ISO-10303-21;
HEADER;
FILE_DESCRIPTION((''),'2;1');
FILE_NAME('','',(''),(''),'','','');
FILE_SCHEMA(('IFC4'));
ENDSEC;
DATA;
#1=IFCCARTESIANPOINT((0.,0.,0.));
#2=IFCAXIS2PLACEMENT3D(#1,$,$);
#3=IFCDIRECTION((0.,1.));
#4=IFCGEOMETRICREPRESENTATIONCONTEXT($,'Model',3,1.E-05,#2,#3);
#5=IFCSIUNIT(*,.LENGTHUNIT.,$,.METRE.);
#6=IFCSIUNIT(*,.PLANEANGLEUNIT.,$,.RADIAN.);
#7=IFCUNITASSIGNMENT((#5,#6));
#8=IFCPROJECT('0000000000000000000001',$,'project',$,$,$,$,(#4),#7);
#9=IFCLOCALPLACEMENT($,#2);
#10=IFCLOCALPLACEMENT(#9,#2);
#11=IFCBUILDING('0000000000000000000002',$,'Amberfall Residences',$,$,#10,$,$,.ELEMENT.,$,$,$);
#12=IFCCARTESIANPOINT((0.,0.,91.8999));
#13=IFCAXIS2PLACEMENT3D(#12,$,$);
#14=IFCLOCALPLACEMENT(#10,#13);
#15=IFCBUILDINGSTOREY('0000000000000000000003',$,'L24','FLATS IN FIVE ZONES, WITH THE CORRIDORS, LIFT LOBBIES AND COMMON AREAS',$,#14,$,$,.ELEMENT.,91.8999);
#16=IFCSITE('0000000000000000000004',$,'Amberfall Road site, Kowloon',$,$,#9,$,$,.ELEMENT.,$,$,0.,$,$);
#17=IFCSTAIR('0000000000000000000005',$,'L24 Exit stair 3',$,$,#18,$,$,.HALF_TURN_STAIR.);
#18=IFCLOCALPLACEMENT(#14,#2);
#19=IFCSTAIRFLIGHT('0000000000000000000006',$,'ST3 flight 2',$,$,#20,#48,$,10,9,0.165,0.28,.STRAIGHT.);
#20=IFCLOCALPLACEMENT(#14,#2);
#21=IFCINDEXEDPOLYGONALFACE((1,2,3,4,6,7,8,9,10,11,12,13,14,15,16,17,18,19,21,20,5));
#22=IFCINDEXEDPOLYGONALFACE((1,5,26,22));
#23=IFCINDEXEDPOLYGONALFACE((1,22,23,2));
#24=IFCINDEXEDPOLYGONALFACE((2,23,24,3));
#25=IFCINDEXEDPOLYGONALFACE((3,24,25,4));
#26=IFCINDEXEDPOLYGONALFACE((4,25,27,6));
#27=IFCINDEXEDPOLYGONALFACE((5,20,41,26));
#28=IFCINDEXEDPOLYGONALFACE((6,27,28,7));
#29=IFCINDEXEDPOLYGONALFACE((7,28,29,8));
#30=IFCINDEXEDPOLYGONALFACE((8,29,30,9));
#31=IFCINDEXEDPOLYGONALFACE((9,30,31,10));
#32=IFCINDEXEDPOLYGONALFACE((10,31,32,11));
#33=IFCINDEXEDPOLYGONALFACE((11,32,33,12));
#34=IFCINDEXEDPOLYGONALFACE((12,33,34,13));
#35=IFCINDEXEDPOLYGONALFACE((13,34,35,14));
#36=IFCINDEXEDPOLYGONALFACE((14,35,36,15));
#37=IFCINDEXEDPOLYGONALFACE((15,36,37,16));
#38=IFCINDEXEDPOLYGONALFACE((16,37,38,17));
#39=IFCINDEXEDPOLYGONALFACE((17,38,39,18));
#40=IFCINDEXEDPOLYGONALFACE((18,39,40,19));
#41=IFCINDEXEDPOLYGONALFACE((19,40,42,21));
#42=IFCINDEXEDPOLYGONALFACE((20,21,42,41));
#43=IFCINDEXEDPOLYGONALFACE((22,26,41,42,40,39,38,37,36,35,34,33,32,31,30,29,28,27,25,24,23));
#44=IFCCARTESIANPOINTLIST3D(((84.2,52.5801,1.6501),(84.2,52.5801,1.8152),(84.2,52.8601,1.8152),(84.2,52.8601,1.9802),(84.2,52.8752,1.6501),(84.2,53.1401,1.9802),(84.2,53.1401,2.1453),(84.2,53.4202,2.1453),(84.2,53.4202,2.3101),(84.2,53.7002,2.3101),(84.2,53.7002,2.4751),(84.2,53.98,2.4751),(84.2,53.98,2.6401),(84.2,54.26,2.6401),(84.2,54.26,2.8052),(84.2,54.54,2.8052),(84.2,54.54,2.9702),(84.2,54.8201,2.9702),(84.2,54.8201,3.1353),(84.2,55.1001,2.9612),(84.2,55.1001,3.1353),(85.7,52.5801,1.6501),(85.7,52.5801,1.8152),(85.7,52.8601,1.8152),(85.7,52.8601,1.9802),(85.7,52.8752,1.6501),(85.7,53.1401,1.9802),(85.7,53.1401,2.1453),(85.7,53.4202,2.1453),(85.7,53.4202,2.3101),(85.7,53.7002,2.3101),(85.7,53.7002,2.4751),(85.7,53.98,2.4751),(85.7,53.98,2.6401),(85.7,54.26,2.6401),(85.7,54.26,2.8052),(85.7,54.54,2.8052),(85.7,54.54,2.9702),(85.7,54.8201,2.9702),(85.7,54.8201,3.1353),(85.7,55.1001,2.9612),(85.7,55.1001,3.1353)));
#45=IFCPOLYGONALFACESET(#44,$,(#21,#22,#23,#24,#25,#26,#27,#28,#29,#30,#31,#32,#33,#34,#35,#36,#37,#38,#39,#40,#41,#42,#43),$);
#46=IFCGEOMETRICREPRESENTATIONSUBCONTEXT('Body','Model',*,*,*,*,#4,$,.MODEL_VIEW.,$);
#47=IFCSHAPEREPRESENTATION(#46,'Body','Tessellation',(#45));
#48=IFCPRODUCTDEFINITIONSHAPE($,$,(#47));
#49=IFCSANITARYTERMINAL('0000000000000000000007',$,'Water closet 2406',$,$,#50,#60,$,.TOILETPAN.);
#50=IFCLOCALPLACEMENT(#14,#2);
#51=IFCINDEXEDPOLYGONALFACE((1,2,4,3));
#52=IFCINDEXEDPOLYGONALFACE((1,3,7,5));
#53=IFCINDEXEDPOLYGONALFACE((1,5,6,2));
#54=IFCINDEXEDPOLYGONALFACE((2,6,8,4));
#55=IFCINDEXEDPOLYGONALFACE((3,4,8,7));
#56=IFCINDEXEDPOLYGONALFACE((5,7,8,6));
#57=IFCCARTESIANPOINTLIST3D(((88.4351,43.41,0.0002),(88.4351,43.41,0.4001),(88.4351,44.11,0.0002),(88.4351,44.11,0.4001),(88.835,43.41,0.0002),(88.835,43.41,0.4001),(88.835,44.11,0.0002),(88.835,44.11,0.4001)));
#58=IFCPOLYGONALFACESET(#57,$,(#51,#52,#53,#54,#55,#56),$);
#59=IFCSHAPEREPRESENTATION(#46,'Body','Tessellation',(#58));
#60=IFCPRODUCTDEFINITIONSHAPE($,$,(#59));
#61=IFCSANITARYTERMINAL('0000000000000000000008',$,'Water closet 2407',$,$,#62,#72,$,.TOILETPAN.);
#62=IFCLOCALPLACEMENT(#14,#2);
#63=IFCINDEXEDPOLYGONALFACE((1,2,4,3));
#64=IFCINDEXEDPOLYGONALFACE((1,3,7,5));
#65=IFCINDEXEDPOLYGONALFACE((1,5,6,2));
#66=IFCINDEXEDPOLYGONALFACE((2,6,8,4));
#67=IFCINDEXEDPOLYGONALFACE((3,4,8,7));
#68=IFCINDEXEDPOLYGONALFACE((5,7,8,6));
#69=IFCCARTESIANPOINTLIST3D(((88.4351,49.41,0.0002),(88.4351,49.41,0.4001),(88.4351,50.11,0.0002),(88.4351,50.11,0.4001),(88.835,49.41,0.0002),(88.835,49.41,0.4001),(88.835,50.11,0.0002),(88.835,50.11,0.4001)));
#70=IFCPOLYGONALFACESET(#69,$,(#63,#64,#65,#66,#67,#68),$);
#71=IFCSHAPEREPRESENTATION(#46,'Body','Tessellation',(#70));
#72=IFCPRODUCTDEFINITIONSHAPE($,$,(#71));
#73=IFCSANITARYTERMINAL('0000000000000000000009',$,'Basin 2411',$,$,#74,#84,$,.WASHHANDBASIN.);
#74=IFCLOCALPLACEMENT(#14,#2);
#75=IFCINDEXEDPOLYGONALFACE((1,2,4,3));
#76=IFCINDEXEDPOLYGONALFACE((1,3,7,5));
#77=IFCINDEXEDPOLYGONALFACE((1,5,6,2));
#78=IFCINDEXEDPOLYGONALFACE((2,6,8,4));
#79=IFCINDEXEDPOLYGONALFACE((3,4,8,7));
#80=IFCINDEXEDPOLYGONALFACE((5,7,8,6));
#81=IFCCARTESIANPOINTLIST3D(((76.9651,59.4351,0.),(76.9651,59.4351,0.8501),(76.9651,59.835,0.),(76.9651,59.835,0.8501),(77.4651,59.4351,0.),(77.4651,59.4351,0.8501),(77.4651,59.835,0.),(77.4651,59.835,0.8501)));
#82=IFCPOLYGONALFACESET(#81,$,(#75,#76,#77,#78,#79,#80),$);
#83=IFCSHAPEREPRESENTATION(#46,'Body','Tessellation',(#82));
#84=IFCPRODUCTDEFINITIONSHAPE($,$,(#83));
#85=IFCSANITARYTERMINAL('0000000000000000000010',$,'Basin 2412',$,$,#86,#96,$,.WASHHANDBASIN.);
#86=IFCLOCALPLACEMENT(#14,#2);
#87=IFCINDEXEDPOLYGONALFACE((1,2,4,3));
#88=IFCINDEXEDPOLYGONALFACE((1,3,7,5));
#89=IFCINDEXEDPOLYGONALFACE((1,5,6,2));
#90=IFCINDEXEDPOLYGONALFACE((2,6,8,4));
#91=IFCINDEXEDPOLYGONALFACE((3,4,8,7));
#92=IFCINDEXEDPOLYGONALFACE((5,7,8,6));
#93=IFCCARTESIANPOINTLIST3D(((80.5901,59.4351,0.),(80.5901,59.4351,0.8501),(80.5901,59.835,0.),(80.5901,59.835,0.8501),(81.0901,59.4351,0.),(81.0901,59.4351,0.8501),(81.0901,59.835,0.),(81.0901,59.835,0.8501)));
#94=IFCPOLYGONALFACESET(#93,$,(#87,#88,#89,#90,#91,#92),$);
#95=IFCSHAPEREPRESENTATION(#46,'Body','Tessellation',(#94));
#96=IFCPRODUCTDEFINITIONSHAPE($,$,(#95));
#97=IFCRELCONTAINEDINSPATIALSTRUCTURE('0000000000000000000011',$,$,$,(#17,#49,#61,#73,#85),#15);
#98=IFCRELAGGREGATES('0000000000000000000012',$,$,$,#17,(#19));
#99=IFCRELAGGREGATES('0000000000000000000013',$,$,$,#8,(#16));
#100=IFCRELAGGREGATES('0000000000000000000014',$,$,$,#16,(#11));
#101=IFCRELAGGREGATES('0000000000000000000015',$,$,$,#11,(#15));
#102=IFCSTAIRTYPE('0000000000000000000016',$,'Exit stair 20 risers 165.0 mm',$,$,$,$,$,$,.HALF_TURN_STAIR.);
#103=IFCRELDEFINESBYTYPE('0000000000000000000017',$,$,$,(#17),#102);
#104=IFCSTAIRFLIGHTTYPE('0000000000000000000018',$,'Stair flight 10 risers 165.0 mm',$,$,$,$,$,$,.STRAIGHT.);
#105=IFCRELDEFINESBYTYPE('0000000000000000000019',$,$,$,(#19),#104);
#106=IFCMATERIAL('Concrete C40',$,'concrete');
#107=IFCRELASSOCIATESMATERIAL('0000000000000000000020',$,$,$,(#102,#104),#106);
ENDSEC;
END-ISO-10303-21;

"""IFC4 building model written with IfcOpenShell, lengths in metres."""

from ifc_helpers import new_model, si_unit, direction, frame, origin, origin_2d, place, context, subcontext, project, spatial, polyline, rectangle, outline, extrude, material, type_object, element, aggregate, save


model = new_model("IFC4")

# Units and contexts
model_context = context("Model", 3, precision=1e-05, world=origin(), true_north=direction((0.0, 1.0)))
body_context = subcontext(model_context, "Body", "Model", "MODEL_VIEW")
ifc_project = project(units=[si_unit("LENGTHUNIT", "METRE"), si_unit("PLANEANGLEUNIT", "RADIAN")], contexts=[model_context])

# Site, building, storey
site_placement = place(None, origin())
site = spatial("IfcSite", under=ifc_project, at=site_placement, Name="Amberfall Road site, Kowloon", CompositionType="ELEMENT", RefElevation=0.0)
building_placement = place(site_placement, origin())
building = spatial("IfcBuilding", under=site, at=building_placement, Name="Amberfall Residences", CompositionType="ELEMENT")
storey_placement = place(building_placement, frame((0.0, 0.0, 91.8999)))
storey = spatial("IfcBuildingStorey", under=building, at=storey_placement, Name="L24", Description="FLATS IN FIVE ZONES, WITH THE CORRIDORS, LIFT LOBBIES AND COMMON AREAS", CompositionType="ELEMENT", Elevation=91.8999)

# Stair, stair flight
ifc_material_1 = material(Name="Concrete C40", Category="concrete")
stair_type = type_object("IfcStairType", Name="Exit stair 20 risers 165.0 mm", PredefinedType="HALF_TURN_STAIR", material=ifc_material_1)
stair_placement = place(storey_placement, origin())
stair = element("IfcStair", 1, at=stair_placement, inside=storey, type_object=stair_type, Name="L24 Exit stair 3", PredefinedType="HALF_TURN_STAIR")
stair_flight_type = type_object("IfcStairFlightType", Name="Stair flight 10 risers 165.0 mm", PredefinedType="STRAIGHT", material=ifc_material_1)
stair_flight_1_placement = place(storey_placement, frame((84.95, 52.5801, 1.6501), z_axis=(0.0, 0.0, 1.0), x_axis=(0.0, 1.0, 0.0)))
stair_flight_1 = element("IfcStairFlight", 2, at=stair_flight_1_placement, type_object=stair_flight_type, Name="ST3 flight 2", NumberOfRisers=10, NumberOfTreads=9, PredefinedType="STRAIGHT", RiserHeight=0.165, TreadLength=0.28, context=body_context, shape_type="SweptSolid", body=[
    extrude(outline(polyline([(0.0, 0.0), (0.0, 0.165), (0.28, 0.165), (0.28, 0.3301), (0.5601, 0.3301), (0.5601, 0.4951), (0.8401, 0.4951), (0.8401, 0.6599), (1.1201, 0.6599), (1.1201, 0.825), (1.3999, 0.825), (1.3999, 0.99), (1.6799, 0.99), (1.6799, 1.155), (1.96, 1.155), (1.96, 1.3201), (2.24, 1.3201), (2.24, 1.4851), (2.52, 1.4851), (2.52, 1.6499), (2.52, 1.311), (0.2952, 0.0), (0.0, 0.0)])), frame((0.0, 0.75, 0.0), z_axis=(0.0, -1.0, 0.0), x_axis=(1.0, 0.0, 0.0)), (0.0, 0.0, 1.0), 1.5),
])
aggregate(stair, [stair_flight_1])

# Sanitary terminals
for number, where, z_axis, x_axis, name in (
    (3, (88.635, 43.76, 0.0002), (0.0, 0.0, 1.0), (1.0, 0.0, 0.0), "Water closet 2406"),
    (4, (88.635, 49.76, 0.0002), (0.0, 0.0, 1.0), (1.0, 0.0, 0.0), "Water closet 2407"),
):
    element("IfcSanitaryTerminal", number, at=place(storey_placement, frame(where, z_axis=z_axis, x_axis=x_axis)), inside=storey, Name=name, PredefinedType="TOILETPAN", context=body_context, shape_type="SweptSolid", body=[
        extrude(rectangle(XDim=0.3999, YDim=0.7, at=origin_2d()), origin(), (0.0, 0.0, 1.0), 0.3999),
    ])
for number, where, z_axis, x_axis, name in (
    (5, (77.2151, 59.635, 0.0), (0.0, 0.0, 1.0), (1.0, 0.0, 0.0), "Basin 2411"),
    (6, (80.8401, 59.635, 0.0), (0.0, 0.0, 1.0), (1.0, 0.0, 0.0), "Basin 2412"),
):
    element("IfcSanitaryTerminal", number, at=place(storey_placement, frame(where, z_axis=z_axis, x_axis=x_axis)), inside=storey, Name=name, PredefinedType="WASHHANDBASIN", context=body_context, shape_type="SweptSolid", body=[
        extrude(rectangle(XDim=0.5, YDim=0.3999, at=origin_2d()), origin(), (0.0, 0.0, 1.0), 0.8501),
    ])

save(model, "model.ifc")
